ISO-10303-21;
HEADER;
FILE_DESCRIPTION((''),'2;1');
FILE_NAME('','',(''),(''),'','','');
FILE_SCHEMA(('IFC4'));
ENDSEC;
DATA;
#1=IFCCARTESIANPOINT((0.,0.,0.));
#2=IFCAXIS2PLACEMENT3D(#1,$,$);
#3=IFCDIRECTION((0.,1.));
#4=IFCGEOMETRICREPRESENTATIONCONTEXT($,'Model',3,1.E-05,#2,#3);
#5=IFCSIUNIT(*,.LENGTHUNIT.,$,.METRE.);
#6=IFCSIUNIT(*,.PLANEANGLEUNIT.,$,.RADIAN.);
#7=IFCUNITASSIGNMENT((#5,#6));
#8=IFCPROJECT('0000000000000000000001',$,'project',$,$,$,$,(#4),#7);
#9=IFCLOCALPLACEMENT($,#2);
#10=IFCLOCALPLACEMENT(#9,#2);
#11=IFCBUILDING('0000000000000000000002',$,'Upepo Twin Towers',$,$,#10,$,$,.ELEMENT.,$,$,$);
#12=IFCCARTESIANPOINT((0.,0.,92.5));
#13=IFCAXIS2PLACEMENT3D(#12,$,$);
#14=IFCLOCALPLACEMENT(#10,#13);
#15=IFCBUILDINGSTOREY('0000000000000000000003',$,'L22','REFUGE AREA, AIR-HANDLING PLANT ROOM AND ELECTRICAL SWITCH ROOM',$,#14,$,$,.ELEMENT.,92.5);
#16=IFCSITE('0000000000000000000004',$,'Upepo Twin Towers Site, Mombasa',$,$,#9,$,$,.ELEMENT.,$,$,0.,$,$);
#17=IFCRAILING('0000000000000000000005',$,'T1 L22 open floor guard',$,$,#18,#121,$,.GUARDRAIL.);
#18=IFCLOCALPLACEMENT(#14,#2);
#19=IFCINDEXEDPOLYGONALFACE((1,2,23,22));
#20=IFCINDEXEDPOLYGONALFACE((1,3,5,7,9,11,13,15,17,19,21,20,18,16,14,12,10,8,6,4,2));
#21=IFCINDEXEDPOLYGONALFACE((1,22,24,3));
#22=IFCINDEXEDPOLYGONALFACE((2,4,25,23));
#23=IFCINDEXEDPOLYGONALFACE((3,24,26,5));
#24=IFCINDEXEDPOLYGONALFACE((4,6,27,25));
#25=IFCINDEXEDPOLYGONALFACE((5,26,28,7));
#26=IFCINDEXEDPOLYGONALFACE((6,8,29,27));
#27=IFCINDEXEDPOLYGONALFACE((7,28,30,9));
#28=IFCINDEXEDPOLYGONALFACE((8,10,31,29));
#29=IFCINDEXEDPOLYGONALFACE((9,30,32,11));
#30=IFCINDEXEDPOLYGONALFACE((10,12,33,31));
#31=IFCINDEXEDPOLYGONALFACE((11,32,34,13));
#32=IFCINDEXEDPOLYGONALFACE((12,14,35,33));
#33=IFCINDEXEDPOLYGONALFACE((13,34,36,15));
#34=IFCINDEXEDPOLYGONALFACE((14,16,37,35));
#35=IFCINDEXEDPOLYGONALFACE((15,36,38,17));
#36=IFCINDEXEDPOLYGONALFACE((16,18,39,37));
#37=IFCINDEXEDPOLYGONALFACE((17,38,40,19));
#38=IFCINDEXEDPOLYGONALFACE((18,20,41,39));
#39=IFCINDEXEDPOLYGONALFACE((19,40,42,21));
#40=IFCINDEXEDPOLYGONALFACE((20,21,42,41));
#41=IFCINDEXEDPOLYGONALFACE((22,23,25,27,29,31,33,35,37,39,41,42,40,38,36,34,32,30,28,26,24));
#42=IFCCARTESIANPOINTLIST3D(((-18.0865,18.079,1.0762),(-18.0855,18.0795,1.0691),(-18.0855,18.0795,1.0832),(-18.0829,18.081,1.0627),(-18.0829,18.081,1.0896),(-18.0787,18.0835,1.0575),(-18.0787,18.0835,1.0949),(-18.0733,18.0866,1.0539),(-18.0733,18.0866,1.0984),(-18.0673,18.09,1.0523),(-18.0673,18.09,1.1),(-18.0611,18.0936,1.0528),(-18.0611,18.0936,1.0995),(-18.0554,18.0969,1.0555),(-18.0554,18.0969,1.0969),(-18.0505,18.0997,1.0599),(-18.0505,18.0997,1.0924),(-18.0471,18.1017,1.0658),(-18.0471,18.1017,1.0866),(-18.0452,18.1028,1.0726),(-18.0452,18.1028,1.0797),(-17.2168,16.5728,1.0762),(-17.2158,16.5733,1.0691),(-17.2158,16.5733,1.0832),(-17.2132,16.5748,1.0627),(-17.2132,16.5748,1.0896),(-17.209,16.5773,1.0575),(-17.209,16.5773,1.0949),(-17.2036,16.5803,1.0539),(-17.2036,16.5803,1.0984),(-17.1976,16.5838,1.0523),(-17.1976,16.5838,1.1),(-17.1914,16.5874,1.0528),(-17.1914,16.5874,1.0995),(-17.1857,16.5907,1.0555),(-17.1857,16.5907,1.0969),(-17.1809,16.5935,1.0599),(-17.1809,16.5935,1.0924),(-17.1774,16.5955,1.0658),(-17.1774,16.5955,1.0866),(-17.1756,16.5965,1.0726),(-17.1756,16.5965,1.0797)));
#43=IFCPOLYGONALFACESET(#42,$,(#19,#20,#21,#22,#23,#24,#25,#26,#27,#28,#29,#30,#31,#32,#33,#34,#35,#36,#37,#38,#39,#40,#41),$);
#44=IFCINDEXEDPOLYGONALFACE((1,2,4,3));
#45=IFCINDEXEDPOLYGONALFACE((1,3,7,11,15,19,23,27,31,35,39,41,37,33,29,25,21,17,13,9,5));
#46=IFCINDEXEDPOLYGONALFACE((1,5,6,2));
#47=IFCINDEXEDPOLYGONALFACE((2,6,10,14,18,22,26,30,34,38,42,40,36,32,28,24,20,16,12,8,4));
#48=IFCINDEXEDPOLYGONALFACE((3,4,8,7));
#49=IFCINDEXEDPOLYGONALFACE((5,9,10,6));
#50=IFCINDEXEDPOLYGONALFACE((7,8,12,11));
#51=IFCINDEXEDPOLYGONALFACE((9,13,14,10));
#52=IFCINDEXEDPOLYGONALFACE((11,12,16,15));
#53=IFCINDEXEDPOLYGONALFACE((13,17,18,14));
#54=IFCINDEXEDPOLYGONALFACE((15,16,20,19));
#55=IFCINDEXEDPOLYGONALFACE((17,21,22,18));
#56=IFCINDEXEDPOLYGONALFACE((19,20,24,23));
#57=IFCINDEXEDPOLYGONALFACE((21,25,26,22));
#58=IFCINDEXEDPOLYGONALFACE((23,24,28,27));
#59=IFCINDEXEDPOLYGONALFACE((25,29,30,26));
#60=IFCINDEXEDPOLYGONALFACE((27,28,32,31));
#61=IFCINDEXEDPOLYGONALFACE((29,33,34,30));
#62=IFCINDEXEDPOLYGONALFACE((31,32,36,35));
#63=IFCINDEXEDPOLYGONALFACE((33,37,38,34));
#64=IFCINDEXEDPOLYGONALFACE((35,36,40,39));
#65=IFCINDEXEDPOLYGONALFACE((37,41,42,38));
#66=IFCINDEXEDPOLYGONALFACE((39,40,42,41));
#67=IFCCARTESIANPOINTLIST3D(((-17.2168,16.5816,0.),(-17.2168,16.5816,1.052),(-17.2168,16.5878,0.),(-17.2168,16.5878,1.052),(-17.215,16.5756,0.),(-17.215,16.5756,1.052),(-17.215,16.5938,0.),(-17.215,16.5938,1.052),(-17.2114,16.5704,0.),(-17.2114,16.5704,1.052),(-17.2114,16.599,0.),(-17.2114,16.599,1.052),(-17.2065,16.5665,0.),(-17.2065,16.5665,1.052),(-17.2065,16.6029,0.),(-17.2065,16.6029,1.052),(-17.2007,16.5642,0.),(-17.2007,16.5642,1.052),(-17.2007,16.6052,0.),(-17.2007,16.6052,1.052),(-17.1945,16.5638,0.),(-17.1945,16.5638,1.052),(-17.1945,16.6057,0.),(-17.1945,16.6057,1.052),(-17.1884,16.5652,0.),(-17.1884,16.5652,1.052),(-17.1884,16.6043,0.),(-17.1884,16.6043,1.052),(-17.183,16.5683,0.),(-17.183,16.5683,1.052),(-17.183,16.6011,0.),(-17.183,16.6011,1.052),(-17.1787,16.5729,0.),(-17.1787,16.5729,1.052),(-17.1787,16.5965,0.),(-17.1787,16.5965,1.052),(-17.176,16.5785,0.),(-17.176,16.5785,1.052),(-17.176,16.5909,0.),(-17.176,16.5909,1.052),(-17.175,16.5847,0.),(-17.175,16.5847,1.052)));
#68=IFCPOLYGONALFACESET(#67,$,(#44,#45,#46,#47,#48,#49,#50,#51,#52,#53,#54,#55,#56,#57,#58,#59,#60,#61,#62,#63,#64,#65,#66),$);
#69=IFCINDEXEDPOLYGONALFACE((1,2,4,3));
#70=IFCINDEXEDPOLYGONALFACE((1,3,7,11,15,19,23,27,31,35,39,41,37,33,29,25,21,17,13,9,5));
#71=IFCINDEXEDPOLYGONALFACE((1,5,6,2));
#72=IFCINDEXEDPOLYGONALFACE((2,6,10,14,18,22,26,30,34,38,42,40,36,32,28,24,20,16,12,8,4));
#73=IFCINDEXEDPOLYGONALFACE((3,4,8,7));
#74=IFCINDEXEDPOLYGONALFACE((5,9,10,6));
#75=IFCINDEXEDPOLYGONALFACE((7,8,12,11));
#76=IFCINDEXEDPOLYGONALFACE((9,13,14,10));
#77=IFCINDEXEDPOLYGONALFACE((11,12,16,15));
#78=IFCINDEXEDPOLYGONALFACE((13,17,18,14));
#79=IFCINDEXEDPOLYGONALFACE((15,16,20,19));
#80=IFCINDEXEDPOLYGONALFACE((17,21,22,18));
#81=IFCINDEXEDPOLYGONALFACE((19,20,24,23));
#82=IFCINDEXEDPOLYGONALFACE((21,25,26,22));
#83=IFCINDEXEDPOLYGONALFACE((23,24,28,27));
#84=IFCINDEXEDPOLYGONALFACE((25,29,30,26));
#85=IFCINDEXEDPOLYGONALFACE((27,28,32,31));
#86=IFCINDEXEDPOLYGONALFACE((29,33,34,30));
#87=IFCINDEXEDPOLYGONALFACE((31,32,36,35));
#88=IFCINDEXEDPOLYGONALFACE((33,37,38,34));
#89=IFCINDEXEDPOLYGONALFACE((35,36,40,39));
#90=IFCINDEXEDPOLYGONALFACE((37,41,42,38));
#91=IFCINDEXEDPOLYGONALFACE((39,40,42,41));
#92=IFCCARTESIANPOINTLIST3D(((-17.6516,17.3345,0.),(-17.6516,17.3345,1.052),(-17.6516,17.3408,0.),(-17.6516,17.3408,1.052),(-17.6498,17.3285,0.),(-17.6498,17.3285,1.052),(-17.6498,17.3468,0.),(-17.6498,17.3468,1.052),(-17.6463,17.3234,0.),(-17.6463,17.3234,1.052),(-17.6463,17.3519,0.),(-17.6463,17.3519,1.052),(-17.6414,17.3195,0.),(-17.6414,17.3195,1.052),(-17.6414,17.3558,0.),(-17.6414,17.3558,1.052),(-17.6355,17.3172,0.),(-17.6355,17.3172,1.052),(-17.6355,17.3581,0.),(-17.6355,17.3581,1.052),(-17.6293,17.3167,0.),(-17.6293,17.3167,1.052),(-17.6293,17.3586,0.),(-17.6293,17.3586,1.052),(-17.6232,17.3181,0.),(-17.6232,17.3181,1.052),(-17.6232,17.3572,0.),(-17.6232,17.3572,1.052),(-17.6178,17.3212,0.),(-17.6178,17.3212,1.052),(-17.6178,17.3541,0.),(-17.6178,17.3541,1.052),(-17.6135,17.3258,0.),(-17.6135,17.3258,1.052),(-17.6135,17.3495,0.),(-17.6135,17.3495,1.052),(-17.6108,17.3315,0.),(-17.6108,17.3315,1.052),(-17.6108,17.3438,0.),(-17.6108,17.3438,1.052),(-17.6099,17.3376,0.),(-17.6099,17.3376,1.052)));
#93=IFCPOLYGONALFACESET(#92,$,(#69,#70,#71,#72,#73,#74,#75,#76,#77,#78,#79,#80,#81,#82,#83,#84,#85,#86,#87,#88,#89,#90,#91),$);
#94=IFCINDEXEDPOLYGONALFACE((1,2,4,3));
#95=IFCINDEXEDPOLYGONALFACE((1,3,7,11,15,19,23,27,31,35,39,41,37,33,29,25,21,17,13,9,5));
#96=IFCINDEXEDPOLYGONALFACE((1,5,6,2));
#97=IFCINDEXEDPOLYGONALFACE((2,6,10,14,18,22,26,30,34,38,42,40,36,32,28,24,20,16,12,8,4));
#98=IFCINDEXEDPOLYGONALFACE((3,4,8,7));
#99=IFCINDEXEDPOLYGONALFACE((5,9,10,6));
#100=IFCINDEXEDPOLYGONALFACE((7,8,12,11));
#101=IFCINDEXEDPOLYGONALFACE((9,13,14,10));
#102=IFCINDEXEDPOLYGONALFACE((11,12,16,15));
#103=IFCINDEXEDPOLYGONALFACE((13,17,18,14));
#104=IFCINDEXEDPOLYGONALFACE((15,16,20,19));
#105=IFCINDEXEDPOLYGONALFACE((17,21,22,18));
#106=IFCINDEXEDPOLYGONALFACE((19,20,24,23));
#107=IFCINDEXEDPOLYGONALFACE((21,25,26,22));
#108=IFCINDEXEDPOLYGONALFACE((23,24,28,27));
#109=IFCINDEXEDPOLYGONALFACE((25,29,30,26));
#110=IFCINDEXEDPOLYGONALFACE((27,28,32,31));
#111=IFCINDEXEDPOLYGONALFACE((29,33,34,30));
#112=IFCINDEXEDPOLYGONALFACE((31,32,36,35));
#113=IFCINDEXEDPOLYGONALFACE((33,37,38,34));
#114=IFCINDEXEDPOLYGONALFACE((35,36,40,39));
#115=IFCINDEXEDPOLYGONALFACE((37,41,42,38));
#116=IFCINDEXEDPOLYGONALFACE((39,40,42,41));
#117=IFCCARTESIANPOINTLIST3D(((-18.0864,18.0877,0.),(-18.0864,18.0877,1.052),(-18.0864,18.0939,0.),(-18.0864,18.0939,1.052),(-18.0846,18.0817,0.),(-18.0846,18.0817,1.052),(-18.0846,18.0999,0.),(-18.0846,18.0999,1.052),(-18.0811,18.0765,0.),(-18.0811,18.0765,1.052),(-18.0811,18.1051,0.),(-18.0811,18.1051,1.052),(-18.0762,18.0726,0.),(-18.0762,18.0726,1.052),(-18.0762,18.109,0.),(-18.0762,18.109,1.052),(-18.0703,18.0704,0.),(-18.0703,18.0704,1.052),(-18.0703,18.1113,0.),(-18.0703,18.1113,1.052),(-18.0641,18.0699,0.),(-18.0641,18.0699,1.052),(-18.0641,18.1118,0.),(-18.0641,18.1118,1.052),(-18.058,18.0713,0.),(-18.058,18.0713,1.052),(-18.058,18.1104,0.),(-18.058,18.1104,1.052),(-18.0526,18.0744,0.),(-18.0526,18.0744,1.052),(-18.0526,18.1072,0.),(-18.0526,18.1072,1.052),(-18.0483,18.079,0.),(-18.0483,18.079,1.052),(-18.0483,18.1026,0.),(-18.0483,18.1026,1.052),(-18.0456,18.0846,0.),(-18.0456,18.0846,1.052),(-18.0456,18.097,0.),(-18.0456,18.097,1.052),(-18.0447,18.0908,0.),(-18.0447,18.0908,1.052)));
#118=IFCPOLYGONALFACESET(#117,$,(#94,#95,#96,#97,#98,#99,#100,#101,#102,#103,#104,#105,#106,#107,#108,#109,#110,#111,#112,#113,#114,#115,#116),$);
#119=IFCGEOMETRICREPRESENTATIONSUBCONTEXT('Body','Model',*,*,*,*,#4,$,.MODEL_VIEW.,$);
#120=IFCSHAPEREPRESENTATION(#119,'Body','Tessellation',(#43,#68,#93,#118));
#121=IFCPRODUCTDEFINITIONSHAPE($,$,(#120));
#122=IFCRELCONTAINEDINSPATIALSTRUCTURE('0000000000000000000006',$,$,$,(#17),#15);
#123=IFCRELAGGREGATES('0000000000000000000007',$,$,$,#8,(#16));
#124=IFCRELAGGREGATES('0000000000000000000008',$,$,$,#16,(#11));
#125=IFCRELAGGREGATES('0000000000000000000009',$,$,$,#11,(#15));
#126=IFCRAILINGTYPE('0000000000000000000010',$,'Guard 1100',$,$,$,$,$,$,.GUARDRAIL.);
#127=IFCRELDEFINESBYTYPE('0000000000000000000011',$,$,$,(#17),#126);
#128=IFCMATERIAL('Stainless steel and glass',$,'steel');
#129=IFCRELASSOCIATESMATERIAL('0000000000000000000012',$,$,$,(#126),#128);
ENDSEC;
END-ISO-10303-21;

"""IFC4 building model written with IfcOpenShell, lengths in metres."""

from ifc_helpers import new_model, si_unit, direction, frame, origin, origin_2d, place, context, subcontext, project, spatial, circle, extrude, material, type_object, element, save


model = new_model("IFC4")

# Units and contexts
model_context = context("Model", 3, precision=1e-05, world=origin(), true_north=direction((0.0, 1.0)))
body_context = subcontext(model_context, "Body", "Model", "MODEL_VIEW")
ifc_project = project(units=[si_unit("LENGTHUNIT", "METRE"), si_unit("PLANEANGLEUNIT", "RADIAN")], contexts=[model_context])

# Site, building, storey
site_placement = place(None, origin())
site = spatial("IfcSite", under=ifc_project, at=site_placement, Name="Upepo Twin Towers Site, Mombasa", CompositionType="ELEMENT", RefElevation=0.0)
building_placement = place(site_placement, origin())
building = spatial("IfcBuilding", under=site, at=building_placement, Name="Upepo Twin Towers", CompositionType="ELEMENT")
storey_placement = place(building_placement, frame((0.0, 0.0, 92.5)))
storey = spatial("IfcBuildingStorey", under=building, at=storey_placement, Name="L22", Description="REFUGE AREA, AIR-HANDLING PLANT ROOM AND ELECTRICAL SWITCH ROOM", CompositionType="ELEMENT", Elevation=92.5)

# Railing
ifc_material_1 = material(Name="Stainless steel and glass", Category="steel")
railing_type = type_object("IfcRailingType", Name="Guard 1100", PredefinedType="GUARDRAIL", material=ifc_material_1)
railing_1_placement = place(storey_placement, frame((-17.196, 16.5847, 0.0)))
element("IfcRailing", 1, at=railing_1_placement, inside=storey, type_object=railing_type, Name="T1 L22 open floor guard", PredefinedType="GUARDRAIL", context=body_context, shape_type="SweptSolid", body=[
    extrude(circle(Radius=0.0239, at=origin_2d()), frame((0.0, 0.0, 1.0762), z_axis=(-0.500034, 0.866006, 0.0), x_axis=(-0.866006, -0.500034, 0.0)), (0.0, 0.0, 1.0), 1.7393),
    extrude(circle(Radius=0.021, at=origin_2d()), origin(), (0.0, 0.0, 1.0), 1.052),
    extrude(circle(Radius=0.021, at=origin_2d()), frame((-0.4348, 0.7529, 0.0)), (0.0, 0.0, 1.0), 1.052),
    extrude(circle(Radius=0.021, at=origin_2d()), frame((-0.8696, 1.5061, 0.0)), (0.0, 0.0, 1.0), 1.052),
])

save(model, "model.ifc")
